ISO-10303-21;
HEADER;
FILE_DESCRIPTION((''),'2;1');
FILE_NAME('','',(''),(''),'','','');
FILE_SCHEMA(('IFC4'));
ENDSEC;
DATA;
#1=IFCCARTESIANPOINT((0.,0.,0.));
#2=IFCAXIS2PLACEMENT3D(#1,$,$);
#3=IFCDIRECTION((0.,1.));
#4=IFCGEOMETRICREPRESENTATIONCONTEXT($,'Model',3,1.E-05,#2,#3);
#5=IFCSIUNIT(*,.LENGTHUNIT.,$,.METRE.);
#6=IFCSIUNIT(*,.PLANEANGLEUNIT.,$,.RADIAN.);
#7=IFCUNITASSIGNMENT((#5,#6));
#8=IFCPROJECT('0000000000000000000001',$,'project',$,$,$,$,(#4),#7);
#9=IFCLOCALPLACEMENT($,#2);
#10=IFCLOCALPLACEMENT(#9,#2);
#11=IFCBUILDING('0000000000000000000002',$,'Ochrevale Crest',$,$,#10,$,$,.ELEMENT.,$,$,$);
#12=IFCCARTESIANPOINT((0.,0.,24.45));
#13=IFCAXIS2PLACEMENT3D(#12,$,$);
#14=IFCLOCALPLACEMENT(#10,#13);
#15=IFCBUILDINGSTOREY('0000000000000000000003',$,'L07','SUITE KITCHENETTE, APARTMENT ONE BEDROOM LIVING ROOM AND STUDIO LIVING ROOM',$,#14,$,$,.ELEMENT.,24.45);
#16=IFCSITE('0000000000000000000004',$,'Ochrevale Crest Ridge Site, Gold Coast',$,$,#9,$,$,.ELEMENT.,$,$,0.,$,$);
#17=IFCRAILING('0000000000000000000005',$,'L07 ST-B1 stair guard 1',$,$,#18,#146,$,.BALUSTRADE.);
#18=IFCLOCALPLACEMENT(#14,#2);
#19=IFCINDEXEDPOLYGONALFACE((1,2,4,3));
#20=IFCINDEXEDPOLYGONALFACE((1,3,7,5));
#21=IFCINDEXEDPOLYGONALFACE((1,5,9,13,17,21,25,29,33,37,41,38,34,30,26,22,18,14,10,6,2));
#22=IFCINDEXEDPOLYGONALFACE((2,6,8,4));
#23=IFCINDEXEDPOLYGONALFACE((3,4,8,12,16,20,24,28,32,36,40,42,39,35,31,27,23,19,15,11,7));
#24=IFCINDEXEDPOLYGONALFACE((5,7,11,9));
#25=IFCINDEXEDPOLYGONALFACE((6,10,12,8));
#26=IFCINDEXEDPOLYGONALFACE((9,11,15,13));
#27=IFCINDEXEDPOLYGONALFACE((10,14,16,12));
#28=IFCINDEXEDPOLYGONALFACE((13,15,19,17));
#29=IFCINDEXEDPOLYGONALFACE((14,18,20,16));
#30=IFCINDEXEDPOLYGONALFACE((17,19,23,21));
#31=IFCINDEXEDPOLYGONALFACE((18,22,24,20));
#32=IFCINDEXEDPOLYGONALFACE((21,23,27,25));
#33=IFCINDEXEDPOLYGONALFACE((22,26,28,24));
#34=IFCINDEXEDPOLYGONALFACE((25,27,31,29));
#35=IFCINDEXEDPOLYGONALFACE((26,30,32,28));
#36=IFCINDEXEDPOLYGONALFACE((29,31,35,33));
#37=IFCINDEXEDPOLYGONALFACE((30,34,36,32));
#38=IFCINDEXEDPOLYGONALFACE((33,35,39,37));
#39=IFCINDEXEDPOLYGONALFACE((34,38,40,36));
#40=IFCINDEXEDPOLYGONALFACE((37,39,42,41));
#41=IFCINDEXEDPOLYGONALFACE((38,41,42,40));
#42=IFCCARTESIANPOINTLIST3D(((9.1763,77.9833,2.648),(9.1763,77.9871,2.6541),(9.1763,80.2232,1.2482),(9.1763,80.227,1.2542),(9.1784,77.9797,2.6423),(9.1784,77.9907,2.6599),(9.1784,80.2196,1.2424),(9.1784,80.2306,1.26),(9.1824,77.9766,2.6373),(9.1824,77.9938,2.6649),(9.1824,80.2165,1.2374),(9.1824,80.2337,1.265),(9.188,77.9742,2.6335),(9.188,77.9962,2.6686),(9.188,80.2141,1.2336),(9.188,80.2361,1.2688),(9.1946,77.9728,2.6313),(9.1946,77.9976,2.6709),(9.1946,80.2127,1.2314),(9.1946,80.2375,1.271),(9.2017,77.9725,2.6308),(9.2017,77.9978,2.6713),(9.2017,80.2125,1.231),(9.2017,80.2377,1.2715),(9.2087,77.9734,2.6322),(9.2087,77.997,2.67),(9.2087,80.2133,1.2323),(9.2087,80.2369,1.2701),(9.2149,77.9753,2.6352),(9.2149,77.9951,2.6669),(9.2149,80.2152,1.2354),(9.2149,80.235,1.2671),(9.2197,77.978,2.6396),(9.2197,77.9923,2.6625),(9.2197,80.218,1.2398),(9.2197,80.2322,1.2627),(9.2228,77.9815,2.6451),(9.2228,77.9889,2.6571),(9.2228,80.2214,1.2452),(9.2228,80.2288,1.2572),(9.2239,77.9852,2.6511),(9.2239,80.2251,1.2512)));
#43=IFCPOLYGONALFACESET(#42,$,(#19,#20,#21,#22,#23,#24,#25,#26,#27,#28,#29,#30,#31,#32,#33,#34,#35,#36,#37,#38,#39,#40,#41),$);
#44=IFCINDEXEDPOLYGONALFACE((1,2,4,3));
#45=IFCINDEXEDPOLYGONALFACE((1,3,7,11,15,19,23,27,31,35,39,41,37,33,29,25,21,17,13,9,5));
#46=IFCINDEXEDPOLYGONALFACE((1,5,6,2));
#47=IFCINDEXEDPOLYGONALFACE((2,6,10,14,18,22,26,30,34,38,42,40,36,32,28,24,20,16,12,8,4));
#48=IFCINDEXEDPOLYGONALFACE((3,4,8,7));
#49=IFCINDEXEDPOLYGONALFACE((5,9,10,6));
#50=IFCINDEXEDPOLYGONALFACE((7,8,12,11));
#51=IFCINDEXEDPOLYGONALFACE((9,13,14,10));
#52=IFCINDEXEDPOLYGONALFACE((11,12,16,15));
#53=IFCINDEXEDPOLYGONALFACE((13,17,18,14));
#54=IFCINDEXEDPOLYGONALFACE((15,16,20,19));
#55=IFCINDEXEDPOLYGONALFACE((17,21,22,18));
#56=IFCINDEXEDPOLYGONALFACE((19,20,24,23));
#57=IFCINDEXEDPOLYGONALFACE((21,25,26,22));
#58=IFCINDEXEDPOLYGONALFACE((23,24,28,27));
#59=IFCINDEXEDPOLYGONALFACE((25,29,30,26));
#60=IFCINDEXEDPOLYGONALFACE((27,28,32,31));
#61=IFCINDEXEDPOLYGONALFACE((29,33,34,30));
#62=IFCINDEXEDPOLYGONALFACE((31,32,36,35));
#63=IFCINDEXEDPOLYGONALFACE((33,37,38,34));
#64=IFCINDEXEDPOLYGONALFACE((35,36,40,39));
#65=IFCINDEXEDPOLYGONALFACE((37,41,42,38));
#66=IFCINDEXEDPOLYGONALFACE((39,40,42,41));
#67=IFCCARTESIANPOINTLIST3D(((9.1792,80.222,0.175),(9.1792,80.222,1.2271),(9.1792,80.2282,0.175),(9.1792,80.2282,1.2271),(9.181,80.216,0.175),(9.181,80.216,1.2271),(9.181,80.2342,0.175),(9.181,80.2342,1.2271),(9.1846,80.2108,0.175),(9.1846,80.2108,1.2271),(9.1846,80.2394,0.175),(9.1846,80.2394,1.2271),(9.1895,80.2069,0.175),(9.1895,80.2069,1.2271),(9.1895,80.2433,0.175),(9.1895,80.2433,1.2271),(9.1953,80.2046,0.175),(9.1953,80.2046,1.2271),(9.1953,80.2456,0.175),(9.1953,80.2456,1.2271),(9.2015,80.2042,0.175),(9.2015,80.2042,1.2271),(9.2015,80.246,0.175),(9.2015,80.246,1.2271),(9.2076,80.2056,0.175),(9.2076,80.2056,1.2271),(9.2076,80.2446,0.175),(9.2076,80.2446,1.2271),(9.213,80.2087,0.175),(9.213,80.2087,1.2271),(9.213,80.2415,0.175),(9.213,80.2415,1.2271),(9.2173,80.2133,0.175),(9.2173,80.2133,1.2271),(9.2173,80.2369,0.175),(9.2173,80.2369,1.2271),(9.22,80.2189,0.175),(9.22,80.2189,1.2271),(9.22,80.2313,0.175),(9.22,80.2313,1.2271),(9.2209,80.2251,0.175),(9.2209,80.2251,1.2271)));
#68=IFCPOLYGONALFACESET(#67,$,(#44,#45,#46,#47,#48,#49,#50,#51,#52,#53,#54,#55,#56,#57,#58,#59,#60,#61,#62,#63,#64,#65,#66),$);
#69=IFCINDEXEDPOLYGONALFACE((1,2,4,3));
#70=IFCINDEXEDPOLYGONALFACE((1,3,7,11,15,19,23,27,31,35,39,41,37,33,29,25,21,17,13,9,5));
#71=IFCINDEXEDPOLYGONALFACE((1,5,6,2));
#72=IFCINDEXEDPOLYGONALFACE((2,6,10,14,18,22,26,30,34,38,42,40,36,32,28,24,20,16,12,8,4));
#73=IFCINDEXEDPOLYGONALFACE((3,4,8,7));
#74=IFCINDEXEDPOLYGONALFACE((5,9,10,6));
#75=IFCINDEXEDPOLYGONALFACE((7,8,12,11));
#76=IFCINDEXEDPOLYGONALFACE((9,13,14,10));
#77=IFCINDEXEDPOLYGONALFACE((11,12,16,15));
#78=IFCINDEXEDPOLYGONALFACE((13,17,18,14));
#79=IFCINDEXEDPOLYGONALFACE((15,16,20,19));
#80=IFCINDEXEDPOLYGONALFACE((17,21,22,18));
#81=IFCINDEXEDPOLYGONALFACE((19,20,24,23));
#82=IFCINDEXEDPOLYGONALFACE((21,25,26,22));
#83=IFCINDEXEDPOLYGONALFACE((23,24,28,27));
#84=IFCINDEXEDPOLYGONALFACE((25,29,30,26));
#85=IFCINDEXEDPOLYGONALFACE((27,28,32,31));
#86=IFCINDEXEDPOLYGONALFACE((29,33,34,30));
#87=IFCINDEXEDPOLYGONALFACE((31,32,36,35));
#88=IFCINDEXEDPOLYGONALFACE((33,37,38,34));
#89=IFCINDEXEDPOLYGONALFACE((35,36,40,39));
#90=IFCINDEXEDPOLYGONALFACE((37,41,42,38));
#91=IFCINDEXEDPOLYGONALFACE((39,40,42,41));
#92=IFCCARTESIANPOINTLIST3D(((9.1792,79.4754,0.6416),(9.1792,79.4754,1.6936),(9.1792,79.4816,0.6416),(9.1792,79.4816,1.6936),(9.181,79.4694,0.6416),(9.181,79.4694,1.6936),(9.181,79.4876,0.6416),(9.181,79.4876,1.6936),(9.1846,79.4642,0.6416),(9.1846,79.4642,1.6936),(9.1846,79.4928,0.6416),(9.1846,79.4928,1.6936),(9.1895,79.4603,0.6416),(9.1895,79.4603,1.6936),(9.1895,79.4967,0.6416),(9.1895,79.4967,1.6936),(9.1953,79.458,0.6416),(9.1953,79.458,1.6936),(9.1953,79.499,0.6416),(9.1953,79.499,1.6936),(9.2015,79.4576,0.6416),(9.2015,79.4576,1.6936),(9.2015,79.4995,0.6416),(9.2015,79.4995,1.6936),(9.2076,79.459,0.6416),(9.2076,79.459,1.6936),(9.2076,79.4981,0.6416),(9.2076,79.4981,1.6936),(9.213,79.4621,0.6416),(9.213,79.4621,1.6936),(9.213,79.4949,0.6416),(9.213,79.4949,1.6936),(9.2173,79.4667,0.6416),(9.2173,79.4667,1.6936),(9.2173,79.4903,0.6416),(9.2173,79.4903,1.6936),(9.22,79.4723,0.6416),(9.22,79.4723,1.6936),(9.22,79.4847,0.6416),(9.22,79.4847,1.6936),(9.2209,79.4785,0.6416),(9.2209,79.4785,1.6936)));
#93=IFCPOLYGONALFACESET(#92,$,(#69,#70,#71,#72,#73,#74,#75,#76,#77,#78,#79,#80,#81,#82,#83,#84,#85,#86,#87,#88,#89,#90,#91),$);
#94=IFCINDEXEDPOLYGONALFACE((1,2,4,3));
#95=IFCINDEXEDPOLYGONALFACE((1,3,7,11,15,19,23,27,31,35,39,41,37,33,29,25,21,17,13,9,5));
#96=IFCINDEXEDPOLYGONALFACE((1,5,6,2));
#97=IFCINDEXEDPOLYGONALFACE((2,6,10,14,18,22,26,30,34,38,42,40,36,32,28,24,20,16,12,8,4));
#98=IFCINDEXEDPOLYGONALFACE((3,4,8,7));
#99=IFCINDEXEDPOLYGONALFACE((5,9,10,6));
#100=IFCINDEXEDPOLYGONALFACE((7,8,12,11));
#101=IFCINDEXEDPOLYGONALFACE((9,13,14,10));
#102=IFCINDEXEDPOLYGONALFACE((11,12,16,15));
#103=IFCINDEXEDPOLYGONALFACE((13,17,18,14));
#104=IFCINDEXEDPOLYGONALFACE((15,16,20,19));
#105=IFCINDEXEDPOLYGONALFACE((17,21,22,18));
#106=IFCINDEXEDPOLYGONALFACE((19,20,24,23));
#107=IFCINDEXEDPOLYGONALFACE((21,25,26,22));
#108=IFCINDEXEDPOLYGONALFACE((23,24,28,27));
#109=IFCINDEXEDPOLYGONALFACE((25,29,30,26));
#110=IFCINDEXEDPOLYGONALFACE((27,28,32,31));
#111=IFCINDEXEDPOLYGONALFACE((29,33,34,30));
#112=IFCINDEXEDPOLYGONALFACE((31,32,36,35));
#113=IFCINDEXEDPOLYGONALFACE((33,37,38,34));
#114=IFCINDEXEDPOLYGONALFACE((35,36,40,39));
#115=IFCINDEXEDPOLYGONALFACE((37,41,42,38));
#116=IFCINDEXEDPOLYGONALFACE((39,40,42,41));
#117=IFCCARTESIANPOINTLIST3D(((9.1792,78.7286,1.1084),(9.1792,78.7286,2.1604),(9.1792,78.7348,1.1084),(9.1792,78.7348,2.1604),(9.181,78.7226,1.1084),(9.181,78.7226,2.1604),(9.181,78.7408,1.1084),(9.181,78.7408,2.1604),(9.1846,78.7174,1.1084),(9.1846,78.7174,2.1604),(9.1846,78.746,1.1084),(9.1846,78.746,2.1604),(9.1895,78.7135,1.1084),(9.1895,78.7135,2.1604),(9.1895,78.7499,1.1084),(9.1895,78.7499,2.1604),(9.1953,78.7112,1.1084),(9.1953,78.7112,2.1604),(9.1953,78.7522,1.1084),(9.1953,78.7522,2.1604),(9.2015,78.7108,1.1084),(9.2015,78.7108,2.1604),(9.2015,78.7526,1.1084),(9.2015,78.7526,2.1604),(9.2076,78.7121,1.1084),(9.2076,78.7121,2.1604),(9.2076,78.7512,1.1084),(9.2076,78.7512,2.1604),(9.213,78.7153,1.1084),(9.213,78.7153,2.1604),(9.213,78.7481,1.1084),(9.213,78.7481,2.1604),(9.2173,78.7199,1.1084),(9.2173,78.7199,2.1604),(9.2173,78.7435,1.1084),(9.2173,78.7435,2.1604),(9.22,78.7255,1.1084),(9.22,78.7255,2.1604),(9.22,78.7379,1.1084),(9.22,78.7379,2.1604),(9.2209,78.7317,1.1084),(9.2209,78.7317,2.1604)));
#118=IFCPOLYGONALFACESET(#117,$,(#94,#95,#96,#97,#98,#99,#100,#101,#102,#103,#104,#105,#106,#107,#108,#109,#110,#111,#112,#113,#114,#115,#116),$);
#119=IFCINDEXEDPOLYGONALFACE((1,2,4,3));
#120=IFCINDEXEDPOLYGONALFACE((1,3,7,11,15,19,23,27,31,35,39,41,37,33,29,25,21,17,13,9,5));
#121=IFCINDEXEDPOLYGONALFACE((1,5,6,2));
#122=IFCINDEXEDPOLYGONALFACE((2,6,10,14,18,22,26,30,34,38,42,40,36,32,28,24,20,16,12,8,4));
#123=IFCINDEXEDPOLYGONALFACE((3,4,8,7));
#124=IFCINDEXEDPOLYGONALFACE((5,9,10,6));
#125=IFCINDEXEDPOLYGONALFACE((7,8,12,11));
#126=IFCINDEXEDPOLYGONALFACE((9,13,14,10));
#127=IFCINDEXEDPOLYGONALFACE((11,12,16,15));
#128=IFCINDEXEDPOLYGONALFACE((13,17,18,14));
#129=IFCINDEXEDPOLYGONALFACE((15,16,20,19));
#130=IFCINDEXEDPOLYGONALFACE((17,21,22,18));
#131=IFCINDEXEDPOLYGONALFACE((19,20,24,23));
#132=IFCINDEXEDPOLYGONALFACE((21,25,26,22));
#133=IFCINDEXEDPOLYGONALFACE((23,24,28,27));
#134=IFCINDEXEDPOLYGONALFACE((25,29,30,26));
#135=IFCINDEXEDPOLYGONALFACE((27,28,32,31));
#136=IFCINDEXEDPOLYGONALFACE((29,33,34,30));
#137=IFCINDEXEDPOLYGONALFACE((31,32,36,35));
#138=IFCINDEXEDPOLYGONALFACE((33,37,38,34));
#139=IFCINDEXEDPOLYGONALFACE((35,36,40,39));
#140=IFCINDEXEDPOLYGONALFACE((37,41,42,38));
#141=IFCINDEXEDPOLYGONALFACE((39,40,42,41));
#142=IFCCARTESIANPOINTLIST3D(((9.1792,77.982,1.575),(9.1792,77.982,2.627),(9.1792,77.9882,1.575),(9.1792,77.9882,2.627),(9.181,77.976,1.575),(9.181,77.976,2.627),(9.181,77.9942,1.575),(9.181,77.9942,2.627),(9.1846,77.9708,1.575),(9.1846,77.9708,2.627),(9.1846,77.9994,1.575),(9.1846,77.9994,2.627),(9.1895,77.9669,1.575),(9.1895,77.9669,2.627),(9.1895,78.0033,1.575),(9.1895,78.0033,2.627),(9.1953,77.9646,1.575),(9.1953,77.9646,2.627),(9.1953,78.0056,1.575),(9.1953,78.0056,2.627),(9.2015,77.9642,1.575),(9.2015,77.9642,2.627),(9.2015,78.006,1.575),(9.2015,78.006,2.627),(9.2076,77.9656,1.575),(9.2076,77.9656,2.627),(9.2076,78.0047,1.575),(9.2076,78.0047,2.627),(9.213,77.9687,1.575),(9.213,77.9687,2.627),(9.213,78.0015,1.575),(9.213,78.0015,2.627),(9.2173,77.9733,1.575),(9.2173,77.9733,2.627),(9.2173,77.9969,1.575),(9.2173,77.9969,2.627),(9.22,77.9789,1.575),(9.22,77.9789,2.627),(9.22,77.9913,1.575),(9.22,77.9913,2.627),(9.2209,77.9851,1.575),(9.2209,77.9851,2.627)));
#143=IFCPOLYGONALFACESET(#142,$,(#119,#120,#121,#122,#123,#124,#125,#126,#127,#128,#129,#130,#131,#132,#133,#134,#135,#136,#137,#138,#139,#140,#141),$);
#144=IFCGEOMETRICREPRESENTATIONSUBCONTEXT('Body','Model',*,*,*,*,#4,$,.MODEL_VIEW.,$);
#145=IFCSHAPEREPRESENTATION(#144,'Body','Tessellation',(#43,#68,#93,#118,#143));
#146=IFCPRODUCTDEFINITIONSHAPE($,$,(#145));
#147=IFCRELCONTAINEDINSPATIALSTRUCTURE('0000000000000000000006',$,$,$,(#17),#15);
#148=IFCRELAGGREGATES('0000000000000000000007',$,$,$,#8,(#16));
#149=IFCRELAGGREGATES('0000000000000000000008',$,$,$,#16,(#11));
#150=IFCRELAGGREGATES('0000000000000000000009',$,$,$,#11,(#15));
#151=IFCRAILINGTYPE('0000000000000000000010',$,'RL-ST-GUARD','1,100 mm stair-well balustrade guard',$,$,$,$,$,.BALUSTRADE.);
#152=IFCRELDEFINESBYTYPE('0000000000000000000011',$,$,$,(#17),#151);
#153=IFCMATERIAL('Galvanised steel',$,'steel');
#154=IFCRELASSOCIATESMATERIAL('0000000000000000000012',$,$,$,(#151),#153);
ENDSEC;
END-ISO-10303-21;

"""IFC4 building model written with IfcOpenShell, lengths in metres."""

from ifc_helpers import new_model, si_unit, direction, frame, origin, origin_2d, place, context, subcontext, project, spatial, circle, extrude, material, type_object, element, save


model = new_model("IFC4")

# Units and contexts
model_context = context("Model", 3, precision=1e-05, world=origin(), true_north=direction((0.0, 1.0)))
body_context = subcontext(model_context, "Body", "Model", "MODEL_VIEW")
ifc_project = project(units=[si_unit("LENGTHUNIT", "METRE"), si_unit("PLANEANGLEUNIT", "RADIAN")], contexts=[model_context])

# Site, building, storey
site_placement = place(None, origin())
site = spatial("IfcSite", under=ifc_project, at=site_placement, Name="Ochrevale Crest Ridge Site, Gold Coast", CompositionType="ELEMENT", RefElevation=0.0)
building_placement = place(site_placement, origin())
building = spatial("IfcBuilding", under=site, at=building_placement, Name="Ochrevale Crest", CompositionType="ELEMENT")
storey_placement = place(building_placement, frame((0.0, 0.0, 24.45)))
storey = spatial("IfcBuildingStorey", under=building, at=storey_placement, Name="L07", Description="SUITE KITCHENETTE, APARTMENT ONE BEDROOM LIVING ROOM AND STUDIO LIVING ROOM", CompositionType="ELEMENT", Elevation=24.45)

# Railing
ifc_material_1 = material(Name="Galvanised steel", Category="steel")
railing_type = type_object("IfcRailingType", Name="RL-ST-GUARD", Description="1,100 mm stair-well balustrade guard", PredefinedType="BALUSTRADE", material=ifc_material_1)
railing_1_placement = place(storey_placement, frame((9.2, 80.2251, 0.175)))
element("IfcRailing", 1, at=railing_1_placement, inside=storey, type_object=railing_type, Name="L07 ST-B1 stair guard 1", PredefinedType="BALUSTRADE", context=body_context, shape_type="SweptSolid", body=[
    extrude(circle(Radius=0.0239, at=origin_2d()), frame((0.0, 0.0, 1.0762), z_axis=(0.0, -0.848014, 0.529974), x_axis=(1.0, 0.0, 0.0)), (0.0, 0.0, 1.0), 2.6414),
    extrude(circle(Radius=0.021, at=origin_2d()), origin(), (0.0, 0.0, 1.0), 1.052),
    extrude(circle(Radius=0.021, at=origin_2d()), frame((0.0, -0.7466, 0.4666)), (0.0, 0.0, 1.0), 1.052),
    extrude(circle(Radius=0.021, at=origin_2d()), frame((0.0, -1.4934, 0.9333)), (0.0, 0.0, 1.0), 1.052),
    extrude(circle(Radius=0.021, at=origin_2d()), frame((0.0, -2.24, 1.3999)), (0.0, 0.0, 1.0), 1.052),
])

save(model, "model.ifc")
